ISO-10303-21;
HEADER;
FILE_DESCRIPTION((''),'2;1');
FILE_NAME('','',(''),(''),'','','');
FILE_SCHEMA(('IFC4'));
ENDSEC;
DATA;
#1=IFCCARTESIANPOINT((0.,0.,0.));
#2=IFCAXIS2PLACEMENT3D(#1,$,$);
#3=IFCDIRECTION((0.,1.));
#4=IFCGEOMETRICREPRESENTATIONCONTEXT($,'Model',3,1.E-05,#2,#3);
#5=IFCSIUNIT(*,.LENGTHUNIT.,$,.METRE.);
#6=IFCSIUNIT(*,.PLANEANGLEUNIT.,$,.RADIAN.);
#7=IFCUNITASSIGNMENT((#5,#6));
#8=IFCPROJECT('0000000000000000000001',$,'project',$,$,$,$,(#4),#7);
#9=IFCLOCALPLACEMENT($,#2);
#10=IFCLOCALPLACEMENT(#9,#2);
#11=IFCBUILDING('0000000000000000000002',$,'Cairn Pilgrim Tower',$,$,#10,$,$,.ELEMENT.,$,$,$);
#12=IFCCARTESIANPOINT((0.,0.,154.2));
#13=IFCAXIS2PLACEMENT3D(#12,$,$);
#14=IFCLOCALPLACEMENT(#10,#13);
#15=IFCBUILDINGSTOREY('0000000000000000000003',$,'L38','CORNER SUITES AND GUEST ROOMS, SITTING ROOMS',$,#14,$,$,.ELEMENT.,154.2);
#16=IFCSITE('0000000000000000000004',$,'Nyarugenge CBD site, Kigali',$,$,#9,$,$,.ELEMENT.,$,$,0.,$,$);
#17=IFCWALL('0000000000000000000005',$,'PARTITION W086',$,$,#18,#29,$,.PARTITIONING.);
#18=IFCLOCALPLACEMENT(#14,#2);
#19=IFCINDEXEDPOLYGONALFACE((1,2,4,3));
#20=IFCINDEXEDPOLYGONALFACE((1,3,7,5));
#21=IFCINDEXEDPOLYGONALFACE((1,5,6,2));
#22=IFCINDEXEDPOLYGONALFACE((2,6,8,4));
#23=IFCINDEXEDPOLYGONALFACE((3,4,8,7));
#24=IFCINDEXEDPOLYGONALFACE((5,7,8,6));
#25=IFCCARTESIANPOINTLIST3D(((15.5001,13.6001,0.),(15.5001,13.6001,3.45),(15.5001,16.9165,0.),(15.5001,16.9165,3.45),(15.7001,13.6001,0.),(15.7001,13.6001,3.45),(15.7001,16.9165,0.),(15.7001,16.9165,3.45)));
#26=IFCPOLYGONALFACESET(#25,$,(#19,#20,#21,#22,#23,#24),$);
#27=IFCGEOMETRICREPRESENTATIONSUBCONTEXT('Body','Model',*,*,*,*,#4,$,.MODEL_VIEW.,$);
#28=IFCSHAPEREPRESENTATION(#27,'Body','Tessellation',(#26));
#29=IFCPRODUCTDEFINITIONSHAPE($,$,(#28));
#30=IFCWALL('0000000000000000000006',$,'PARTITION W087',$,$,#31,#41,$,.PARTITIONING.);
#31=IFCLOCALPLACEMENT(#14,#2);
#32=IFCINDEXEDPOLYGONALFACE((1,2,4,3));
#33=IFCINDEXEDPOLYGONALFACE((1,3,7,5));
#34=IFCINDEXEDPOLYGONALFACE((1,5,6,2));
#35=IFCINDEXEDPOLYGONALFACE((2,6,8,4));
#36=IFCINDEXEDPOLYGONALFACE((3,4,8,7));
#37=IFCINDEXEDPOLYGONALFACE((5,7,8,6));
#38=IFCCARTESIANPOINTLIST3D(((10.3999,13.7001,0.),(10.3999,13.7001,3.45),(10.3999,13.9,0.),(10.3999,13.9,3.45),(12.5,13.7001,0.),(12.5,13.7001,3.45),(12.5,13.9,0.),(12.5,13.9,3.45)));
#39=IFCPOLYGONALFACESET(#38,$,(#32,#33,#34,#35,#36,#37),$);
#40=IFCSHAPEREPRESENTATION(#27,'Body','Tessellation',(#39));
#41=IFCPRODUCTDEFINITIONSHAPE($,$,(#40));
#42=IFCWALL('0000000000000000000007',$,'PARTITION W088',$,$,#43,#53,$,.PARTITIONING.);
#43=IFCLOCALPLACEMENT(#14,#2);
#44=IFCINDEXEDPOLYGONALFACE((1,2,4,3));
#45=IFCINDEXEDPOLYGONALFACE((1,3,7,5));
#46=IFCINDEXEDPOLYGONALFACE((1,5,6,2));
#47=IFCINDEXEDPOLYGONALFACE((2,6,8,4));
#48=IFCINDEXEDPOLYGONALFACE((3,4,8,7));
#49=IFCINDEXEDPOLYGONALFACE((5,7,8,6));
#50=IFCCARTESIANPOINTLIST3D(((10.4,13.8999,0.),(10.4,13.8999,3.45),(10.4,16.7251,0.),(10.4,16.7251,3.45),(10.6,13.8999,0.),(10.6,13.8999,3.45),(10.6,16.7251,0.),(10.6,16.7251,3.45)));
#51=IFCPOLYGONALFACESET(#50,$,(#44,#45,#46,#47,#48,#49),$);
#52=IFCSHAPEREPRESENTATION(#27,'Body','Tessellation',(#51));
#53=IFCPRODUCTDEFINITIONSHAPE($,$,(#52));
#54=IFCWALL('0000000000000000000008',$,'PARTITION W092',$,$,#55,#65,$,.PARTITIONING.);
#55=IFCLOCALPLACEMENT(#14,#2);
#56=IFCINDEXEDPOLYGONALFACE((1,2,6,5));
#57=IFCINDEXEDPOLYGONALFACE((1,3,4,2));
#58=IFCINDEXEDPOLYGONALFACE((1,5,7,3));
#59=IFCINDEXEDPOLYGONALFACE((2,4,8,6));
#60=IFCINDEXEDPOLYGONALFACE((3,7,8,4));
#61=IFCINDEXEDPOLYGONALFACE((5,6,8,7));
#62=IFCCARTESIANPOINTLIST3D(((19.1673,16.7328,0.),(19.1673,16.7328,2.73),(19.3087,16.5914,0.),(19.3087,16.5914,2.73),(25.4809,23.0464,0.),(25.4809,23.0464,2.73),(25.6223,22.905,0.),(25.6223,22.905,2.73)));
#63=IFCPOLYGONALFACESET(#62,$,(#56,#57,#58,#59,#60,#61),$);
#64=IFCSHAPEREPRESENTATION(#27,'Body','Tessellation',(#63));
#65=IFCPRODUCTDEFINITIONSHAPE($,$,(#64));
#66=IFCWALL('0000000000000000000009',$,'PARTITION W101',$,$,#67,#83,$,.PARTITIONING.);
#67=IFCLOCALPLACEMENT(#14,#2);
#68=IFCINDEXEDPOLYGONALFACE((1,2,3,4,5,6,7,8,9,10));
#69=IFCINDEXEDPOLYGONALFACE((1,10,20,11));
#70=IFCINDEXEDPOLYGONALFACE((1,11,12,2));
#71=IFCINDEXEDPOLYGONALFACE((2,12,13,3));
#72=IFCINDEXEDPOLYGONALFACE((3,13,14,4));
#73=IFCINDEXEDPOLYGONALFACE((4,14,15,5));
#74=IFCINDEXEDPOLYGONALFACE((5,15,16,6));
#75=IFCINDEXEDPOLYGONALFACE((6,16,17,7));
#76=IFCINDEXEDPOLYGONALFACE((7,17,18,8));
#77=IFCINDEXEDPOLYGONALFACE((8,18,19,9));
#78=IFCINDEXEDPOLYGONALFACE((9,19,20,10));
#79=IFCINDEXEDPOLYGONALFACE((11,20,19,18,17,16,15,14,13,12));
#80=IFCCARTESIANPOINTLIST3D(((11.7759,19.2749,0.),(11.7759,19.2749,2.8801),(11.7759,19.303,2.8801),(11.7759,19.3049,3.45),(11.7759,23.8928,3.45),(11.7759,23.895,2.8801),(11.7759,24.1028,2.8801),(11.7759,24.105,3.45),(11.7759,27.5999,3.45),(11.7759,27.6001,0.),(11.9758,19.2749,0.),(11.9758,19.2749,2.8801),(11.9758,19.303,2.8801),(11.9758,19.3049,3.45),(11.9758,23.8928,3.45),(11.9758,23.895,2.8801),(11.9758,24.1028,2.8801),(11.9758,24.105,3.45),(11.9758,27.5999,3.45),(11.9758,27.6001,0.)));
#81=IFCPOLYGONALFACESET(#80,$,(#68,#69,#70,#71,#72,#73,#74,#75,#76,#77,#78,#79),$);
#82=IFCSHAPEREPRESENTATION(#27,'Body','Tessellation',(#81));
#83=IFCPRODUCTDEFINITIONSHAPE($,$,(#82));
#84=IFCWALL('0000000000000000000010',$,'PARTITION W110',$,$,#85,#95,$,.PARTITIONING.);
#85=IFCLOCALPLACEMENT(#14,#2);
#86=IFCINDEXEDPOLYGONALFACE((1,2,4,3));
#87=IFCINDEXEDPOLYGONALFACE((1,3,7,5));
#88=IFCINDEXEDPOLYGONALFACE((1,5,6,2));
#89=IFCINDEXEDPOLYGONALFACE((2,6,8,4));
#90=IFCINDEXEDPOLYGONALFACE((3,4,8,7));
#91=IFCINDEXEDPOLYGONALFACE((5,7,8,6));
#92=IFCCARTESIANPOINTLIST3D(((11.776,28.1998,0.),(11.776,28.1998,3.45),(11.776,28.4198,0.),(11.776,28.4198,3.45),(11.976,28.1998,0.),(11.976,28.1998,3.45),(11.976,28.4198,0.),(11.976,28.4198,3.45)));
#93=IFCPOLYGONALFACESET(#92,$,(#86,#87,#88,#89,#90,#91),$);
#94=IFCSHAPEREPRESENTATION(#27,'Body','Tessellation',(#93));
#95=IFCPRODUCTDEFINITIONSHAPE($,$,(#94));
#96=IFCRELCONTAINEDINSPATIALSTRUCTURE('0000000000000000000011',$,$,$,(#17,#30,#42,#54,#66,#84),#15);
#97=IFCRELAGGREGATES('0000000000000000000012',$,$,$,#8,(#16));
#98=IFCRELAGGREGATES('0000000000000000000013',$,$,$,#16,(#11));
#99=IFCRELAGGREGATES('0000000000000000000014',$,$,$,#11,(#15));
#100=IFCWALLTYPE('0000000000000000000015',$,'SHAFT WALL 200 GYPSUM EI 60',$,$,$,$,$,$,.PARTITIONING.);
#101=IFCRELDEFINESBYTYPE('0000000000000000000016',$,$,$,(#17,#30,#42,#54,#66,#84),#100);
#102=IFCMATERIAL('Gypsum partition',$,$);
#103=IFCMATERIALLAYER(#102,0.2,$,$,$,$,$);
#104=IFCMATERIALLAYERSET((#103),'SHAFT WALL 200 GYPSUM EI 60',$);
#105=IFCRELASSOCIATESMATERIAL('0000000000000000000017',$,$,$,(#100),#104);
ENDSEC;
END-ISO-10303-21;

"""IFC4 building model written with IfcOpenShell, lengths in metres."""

from ifc_helpers import new_model, si_unit, direction, frame, frame_2d, origin, place, context, subcontext, project, spatial, polyline, rectangle, outline, extrude, material, layer, layer_set, type_object, element, save


model = new_model("IFC4")

# Units and contexts
model_context = context("Model", 3, precision=1e-05, world=origin(), true_north=direction((0.0, 1.0)))
body_context = subcontext(model_context, "Body", "Model", "MODEL_VIEW")
ifc_project = project(units=[si_unit("LENGTHUNIT", "METRE"), si_unit("PLANEANGLEUNIT", "RADIAN")], contexts=[model_context])

# Site, building, storey
site_placement = place(None, origin())
site = spatial("IfcSite", under=ifc_project, at=site_placement, Name="Nyarugenge CBD site, Kigali", CompositionType="ELEMENT", RefElevation=0.0)
building_placement = place(site_placement, origin())
building = spatial("IfcBuilding", under=site, at=building_placement, Name="Cairn Pilgrim Tower", CompositionType="ELEMENT")
storey_placement = place(building_placement, frame((0.0, 0.0, 154.2)))
storey = spatial("IfcBuildingStorey", under=building, at=storey_placement, Name="L38", Description="CORNER SUITES AND GUEST ROOMS, SITTING ROOMS", CompositionType="ELEMENT", Elevation=154.2)

# Shared definitions
ifc_material_1 = material(Name="Gypsum partition")

# Walls
ifc_layer_1 = layer(ifc_material_1, 0.2)
ifc_layer_set_1 = layer_set([ifc_layer_1], Name="SHAFT WALL 200 GYPSUM EI 60")
wall_type_1 = type_object("IfcWallType", Name="SHAFT WALL 200 GYPSUM EI 60", PredefinedType="PARTITIONING", material=ifc_layer_set_1)
wall_1_placement = place(storey_placement, frame((15.6001, 13.6001, 0.0), z_axis=(0.0, 0.0, 1.0), x_axis=(0.0, 1.0, 0.0)))
element("IfcWall", 1, at=wall_1_placement, inside=storey, type_object=wall_type_1, Name="PARTITION W086", PredefinedType="PARTITIONING", context=body_context, shape_type="SweptSolid", body=[
    extrude(rectangle(XDim=3.3164, YDim=0.2, at=frame_2d((1.6582, 0.0))), origin(), (0.0, 0.0, 1.0), 3.45),
])
wall_2_placement = place(storey_placement, frame((10.3999, 13.8, 0.0), z_axis=(0.0, 0.0, 1.0), x_axis=(1.0, 0.0, 0.0)))
element("IfcWall", 2, at=wall_2_placement, inside=storey, type_object=wall_type_1, Name="PARTITION W087", PredefinedType="PARTITIONING", context=body_context, shape_type="SweptSolid", body=[
    extrude(rectangle(XDim=2.1001, YDim=0.2, at=frame_2d((1.05, 0.0))), origin(), (0.0, 0.0, 1.0), 3.45),
])
wall_3_placement = place(storey_placement, frame((10.5, 13.8999, 0.0), z_axis=(0.0, 0.0, 1.0), x_axis=(0.0, 1.0, 0.0)))
element("IfcWall", 3, at=wall_3_placement, inside=storey, type_object=wall_type_1, Name="PARTITION W088", PredefinedType="PARTITIONING", context=body_context, shape_type="SweptSolid", body=[
    extrude(rectangle(XDim=2.8252, YDim=0.2, at=frame_2d((1.4126, 0.0))), origin(), (0.0, 0.0, 1.0), 3.45),
])
wall_4_placement = place(storey_placement, frame((19.238, 16.6621, 0.0), z_axis=(0.0, 0.0, 1.0), x_axis=(0.707107, 0.707107, 0.0)))
element("IfcWall", 4, at=wall_4_placement, inside=storey, type_object=wall_type_1, Name="PARTITION W092", PredefinedType="PARTITIONING", context=body_context, shape_type="SweptSolid", body=[
    extrude(rectangle(XDim=8.9287, YDim=0.2, at=frame_2d((4.4644, 0.0))), origin(), (0.0, 0.0, 1.0), 2.73),
])
wall_5_placement = place(storey_placement, frame((11.876, 19.2749, 0.0), z_axis=(0.0, 0.0, 1.0), x_axis=(0.0, 1.0, 0.0)))
element("IfcWall", 5, at=wall_5_placement, inside=storey, type_object=wall_type_1, Name="PARTITION W101", PredefinedType="PARTITIONING", context=body_context, shape_type="SweptSolid", body=[
    extrude(outline(polyline([(0.0, 0.0), (8.3252, 0.0), (8.325, 3.45), (4.8301, 3.45), (4.8279, 2.8801), (4.6201, 2.8801), (4.6179, 3.45), (0.03, 3.45), (0.0281, 2.8801), (0.0, 2.8801), (0.0, 0.0)])), frame((0.0, 0.1001, 0.0), z_axis=(0.0, -1.0, 0.0), x_axis=(1.0, 0.0, 0.0)), (0.0, 0.0, 1.0), 0.2),
])
wall_6_placement = place(storey_placement, frame((11.876, 28.2, 0.0), z_axis=(0.0, 0.0, 1.0), x_axis=(0.0, 1.0, 0.0)))
element("IfcWall", 6, at=wall_6_placement, inside=storey, type_object=wall_type_1, Name="PARTITION W110", PredefinedType="PARTITIONING", context=body_context, shape_type="SweptSolid", body=[
    extrude(rectangle(XDim=0.22, YDim=0.2, at=frame_2d((0.1099, 0.0))), origin(), (0.0, 0.0, 1.0), 3.45),
])

save(model, "model.ifc")
